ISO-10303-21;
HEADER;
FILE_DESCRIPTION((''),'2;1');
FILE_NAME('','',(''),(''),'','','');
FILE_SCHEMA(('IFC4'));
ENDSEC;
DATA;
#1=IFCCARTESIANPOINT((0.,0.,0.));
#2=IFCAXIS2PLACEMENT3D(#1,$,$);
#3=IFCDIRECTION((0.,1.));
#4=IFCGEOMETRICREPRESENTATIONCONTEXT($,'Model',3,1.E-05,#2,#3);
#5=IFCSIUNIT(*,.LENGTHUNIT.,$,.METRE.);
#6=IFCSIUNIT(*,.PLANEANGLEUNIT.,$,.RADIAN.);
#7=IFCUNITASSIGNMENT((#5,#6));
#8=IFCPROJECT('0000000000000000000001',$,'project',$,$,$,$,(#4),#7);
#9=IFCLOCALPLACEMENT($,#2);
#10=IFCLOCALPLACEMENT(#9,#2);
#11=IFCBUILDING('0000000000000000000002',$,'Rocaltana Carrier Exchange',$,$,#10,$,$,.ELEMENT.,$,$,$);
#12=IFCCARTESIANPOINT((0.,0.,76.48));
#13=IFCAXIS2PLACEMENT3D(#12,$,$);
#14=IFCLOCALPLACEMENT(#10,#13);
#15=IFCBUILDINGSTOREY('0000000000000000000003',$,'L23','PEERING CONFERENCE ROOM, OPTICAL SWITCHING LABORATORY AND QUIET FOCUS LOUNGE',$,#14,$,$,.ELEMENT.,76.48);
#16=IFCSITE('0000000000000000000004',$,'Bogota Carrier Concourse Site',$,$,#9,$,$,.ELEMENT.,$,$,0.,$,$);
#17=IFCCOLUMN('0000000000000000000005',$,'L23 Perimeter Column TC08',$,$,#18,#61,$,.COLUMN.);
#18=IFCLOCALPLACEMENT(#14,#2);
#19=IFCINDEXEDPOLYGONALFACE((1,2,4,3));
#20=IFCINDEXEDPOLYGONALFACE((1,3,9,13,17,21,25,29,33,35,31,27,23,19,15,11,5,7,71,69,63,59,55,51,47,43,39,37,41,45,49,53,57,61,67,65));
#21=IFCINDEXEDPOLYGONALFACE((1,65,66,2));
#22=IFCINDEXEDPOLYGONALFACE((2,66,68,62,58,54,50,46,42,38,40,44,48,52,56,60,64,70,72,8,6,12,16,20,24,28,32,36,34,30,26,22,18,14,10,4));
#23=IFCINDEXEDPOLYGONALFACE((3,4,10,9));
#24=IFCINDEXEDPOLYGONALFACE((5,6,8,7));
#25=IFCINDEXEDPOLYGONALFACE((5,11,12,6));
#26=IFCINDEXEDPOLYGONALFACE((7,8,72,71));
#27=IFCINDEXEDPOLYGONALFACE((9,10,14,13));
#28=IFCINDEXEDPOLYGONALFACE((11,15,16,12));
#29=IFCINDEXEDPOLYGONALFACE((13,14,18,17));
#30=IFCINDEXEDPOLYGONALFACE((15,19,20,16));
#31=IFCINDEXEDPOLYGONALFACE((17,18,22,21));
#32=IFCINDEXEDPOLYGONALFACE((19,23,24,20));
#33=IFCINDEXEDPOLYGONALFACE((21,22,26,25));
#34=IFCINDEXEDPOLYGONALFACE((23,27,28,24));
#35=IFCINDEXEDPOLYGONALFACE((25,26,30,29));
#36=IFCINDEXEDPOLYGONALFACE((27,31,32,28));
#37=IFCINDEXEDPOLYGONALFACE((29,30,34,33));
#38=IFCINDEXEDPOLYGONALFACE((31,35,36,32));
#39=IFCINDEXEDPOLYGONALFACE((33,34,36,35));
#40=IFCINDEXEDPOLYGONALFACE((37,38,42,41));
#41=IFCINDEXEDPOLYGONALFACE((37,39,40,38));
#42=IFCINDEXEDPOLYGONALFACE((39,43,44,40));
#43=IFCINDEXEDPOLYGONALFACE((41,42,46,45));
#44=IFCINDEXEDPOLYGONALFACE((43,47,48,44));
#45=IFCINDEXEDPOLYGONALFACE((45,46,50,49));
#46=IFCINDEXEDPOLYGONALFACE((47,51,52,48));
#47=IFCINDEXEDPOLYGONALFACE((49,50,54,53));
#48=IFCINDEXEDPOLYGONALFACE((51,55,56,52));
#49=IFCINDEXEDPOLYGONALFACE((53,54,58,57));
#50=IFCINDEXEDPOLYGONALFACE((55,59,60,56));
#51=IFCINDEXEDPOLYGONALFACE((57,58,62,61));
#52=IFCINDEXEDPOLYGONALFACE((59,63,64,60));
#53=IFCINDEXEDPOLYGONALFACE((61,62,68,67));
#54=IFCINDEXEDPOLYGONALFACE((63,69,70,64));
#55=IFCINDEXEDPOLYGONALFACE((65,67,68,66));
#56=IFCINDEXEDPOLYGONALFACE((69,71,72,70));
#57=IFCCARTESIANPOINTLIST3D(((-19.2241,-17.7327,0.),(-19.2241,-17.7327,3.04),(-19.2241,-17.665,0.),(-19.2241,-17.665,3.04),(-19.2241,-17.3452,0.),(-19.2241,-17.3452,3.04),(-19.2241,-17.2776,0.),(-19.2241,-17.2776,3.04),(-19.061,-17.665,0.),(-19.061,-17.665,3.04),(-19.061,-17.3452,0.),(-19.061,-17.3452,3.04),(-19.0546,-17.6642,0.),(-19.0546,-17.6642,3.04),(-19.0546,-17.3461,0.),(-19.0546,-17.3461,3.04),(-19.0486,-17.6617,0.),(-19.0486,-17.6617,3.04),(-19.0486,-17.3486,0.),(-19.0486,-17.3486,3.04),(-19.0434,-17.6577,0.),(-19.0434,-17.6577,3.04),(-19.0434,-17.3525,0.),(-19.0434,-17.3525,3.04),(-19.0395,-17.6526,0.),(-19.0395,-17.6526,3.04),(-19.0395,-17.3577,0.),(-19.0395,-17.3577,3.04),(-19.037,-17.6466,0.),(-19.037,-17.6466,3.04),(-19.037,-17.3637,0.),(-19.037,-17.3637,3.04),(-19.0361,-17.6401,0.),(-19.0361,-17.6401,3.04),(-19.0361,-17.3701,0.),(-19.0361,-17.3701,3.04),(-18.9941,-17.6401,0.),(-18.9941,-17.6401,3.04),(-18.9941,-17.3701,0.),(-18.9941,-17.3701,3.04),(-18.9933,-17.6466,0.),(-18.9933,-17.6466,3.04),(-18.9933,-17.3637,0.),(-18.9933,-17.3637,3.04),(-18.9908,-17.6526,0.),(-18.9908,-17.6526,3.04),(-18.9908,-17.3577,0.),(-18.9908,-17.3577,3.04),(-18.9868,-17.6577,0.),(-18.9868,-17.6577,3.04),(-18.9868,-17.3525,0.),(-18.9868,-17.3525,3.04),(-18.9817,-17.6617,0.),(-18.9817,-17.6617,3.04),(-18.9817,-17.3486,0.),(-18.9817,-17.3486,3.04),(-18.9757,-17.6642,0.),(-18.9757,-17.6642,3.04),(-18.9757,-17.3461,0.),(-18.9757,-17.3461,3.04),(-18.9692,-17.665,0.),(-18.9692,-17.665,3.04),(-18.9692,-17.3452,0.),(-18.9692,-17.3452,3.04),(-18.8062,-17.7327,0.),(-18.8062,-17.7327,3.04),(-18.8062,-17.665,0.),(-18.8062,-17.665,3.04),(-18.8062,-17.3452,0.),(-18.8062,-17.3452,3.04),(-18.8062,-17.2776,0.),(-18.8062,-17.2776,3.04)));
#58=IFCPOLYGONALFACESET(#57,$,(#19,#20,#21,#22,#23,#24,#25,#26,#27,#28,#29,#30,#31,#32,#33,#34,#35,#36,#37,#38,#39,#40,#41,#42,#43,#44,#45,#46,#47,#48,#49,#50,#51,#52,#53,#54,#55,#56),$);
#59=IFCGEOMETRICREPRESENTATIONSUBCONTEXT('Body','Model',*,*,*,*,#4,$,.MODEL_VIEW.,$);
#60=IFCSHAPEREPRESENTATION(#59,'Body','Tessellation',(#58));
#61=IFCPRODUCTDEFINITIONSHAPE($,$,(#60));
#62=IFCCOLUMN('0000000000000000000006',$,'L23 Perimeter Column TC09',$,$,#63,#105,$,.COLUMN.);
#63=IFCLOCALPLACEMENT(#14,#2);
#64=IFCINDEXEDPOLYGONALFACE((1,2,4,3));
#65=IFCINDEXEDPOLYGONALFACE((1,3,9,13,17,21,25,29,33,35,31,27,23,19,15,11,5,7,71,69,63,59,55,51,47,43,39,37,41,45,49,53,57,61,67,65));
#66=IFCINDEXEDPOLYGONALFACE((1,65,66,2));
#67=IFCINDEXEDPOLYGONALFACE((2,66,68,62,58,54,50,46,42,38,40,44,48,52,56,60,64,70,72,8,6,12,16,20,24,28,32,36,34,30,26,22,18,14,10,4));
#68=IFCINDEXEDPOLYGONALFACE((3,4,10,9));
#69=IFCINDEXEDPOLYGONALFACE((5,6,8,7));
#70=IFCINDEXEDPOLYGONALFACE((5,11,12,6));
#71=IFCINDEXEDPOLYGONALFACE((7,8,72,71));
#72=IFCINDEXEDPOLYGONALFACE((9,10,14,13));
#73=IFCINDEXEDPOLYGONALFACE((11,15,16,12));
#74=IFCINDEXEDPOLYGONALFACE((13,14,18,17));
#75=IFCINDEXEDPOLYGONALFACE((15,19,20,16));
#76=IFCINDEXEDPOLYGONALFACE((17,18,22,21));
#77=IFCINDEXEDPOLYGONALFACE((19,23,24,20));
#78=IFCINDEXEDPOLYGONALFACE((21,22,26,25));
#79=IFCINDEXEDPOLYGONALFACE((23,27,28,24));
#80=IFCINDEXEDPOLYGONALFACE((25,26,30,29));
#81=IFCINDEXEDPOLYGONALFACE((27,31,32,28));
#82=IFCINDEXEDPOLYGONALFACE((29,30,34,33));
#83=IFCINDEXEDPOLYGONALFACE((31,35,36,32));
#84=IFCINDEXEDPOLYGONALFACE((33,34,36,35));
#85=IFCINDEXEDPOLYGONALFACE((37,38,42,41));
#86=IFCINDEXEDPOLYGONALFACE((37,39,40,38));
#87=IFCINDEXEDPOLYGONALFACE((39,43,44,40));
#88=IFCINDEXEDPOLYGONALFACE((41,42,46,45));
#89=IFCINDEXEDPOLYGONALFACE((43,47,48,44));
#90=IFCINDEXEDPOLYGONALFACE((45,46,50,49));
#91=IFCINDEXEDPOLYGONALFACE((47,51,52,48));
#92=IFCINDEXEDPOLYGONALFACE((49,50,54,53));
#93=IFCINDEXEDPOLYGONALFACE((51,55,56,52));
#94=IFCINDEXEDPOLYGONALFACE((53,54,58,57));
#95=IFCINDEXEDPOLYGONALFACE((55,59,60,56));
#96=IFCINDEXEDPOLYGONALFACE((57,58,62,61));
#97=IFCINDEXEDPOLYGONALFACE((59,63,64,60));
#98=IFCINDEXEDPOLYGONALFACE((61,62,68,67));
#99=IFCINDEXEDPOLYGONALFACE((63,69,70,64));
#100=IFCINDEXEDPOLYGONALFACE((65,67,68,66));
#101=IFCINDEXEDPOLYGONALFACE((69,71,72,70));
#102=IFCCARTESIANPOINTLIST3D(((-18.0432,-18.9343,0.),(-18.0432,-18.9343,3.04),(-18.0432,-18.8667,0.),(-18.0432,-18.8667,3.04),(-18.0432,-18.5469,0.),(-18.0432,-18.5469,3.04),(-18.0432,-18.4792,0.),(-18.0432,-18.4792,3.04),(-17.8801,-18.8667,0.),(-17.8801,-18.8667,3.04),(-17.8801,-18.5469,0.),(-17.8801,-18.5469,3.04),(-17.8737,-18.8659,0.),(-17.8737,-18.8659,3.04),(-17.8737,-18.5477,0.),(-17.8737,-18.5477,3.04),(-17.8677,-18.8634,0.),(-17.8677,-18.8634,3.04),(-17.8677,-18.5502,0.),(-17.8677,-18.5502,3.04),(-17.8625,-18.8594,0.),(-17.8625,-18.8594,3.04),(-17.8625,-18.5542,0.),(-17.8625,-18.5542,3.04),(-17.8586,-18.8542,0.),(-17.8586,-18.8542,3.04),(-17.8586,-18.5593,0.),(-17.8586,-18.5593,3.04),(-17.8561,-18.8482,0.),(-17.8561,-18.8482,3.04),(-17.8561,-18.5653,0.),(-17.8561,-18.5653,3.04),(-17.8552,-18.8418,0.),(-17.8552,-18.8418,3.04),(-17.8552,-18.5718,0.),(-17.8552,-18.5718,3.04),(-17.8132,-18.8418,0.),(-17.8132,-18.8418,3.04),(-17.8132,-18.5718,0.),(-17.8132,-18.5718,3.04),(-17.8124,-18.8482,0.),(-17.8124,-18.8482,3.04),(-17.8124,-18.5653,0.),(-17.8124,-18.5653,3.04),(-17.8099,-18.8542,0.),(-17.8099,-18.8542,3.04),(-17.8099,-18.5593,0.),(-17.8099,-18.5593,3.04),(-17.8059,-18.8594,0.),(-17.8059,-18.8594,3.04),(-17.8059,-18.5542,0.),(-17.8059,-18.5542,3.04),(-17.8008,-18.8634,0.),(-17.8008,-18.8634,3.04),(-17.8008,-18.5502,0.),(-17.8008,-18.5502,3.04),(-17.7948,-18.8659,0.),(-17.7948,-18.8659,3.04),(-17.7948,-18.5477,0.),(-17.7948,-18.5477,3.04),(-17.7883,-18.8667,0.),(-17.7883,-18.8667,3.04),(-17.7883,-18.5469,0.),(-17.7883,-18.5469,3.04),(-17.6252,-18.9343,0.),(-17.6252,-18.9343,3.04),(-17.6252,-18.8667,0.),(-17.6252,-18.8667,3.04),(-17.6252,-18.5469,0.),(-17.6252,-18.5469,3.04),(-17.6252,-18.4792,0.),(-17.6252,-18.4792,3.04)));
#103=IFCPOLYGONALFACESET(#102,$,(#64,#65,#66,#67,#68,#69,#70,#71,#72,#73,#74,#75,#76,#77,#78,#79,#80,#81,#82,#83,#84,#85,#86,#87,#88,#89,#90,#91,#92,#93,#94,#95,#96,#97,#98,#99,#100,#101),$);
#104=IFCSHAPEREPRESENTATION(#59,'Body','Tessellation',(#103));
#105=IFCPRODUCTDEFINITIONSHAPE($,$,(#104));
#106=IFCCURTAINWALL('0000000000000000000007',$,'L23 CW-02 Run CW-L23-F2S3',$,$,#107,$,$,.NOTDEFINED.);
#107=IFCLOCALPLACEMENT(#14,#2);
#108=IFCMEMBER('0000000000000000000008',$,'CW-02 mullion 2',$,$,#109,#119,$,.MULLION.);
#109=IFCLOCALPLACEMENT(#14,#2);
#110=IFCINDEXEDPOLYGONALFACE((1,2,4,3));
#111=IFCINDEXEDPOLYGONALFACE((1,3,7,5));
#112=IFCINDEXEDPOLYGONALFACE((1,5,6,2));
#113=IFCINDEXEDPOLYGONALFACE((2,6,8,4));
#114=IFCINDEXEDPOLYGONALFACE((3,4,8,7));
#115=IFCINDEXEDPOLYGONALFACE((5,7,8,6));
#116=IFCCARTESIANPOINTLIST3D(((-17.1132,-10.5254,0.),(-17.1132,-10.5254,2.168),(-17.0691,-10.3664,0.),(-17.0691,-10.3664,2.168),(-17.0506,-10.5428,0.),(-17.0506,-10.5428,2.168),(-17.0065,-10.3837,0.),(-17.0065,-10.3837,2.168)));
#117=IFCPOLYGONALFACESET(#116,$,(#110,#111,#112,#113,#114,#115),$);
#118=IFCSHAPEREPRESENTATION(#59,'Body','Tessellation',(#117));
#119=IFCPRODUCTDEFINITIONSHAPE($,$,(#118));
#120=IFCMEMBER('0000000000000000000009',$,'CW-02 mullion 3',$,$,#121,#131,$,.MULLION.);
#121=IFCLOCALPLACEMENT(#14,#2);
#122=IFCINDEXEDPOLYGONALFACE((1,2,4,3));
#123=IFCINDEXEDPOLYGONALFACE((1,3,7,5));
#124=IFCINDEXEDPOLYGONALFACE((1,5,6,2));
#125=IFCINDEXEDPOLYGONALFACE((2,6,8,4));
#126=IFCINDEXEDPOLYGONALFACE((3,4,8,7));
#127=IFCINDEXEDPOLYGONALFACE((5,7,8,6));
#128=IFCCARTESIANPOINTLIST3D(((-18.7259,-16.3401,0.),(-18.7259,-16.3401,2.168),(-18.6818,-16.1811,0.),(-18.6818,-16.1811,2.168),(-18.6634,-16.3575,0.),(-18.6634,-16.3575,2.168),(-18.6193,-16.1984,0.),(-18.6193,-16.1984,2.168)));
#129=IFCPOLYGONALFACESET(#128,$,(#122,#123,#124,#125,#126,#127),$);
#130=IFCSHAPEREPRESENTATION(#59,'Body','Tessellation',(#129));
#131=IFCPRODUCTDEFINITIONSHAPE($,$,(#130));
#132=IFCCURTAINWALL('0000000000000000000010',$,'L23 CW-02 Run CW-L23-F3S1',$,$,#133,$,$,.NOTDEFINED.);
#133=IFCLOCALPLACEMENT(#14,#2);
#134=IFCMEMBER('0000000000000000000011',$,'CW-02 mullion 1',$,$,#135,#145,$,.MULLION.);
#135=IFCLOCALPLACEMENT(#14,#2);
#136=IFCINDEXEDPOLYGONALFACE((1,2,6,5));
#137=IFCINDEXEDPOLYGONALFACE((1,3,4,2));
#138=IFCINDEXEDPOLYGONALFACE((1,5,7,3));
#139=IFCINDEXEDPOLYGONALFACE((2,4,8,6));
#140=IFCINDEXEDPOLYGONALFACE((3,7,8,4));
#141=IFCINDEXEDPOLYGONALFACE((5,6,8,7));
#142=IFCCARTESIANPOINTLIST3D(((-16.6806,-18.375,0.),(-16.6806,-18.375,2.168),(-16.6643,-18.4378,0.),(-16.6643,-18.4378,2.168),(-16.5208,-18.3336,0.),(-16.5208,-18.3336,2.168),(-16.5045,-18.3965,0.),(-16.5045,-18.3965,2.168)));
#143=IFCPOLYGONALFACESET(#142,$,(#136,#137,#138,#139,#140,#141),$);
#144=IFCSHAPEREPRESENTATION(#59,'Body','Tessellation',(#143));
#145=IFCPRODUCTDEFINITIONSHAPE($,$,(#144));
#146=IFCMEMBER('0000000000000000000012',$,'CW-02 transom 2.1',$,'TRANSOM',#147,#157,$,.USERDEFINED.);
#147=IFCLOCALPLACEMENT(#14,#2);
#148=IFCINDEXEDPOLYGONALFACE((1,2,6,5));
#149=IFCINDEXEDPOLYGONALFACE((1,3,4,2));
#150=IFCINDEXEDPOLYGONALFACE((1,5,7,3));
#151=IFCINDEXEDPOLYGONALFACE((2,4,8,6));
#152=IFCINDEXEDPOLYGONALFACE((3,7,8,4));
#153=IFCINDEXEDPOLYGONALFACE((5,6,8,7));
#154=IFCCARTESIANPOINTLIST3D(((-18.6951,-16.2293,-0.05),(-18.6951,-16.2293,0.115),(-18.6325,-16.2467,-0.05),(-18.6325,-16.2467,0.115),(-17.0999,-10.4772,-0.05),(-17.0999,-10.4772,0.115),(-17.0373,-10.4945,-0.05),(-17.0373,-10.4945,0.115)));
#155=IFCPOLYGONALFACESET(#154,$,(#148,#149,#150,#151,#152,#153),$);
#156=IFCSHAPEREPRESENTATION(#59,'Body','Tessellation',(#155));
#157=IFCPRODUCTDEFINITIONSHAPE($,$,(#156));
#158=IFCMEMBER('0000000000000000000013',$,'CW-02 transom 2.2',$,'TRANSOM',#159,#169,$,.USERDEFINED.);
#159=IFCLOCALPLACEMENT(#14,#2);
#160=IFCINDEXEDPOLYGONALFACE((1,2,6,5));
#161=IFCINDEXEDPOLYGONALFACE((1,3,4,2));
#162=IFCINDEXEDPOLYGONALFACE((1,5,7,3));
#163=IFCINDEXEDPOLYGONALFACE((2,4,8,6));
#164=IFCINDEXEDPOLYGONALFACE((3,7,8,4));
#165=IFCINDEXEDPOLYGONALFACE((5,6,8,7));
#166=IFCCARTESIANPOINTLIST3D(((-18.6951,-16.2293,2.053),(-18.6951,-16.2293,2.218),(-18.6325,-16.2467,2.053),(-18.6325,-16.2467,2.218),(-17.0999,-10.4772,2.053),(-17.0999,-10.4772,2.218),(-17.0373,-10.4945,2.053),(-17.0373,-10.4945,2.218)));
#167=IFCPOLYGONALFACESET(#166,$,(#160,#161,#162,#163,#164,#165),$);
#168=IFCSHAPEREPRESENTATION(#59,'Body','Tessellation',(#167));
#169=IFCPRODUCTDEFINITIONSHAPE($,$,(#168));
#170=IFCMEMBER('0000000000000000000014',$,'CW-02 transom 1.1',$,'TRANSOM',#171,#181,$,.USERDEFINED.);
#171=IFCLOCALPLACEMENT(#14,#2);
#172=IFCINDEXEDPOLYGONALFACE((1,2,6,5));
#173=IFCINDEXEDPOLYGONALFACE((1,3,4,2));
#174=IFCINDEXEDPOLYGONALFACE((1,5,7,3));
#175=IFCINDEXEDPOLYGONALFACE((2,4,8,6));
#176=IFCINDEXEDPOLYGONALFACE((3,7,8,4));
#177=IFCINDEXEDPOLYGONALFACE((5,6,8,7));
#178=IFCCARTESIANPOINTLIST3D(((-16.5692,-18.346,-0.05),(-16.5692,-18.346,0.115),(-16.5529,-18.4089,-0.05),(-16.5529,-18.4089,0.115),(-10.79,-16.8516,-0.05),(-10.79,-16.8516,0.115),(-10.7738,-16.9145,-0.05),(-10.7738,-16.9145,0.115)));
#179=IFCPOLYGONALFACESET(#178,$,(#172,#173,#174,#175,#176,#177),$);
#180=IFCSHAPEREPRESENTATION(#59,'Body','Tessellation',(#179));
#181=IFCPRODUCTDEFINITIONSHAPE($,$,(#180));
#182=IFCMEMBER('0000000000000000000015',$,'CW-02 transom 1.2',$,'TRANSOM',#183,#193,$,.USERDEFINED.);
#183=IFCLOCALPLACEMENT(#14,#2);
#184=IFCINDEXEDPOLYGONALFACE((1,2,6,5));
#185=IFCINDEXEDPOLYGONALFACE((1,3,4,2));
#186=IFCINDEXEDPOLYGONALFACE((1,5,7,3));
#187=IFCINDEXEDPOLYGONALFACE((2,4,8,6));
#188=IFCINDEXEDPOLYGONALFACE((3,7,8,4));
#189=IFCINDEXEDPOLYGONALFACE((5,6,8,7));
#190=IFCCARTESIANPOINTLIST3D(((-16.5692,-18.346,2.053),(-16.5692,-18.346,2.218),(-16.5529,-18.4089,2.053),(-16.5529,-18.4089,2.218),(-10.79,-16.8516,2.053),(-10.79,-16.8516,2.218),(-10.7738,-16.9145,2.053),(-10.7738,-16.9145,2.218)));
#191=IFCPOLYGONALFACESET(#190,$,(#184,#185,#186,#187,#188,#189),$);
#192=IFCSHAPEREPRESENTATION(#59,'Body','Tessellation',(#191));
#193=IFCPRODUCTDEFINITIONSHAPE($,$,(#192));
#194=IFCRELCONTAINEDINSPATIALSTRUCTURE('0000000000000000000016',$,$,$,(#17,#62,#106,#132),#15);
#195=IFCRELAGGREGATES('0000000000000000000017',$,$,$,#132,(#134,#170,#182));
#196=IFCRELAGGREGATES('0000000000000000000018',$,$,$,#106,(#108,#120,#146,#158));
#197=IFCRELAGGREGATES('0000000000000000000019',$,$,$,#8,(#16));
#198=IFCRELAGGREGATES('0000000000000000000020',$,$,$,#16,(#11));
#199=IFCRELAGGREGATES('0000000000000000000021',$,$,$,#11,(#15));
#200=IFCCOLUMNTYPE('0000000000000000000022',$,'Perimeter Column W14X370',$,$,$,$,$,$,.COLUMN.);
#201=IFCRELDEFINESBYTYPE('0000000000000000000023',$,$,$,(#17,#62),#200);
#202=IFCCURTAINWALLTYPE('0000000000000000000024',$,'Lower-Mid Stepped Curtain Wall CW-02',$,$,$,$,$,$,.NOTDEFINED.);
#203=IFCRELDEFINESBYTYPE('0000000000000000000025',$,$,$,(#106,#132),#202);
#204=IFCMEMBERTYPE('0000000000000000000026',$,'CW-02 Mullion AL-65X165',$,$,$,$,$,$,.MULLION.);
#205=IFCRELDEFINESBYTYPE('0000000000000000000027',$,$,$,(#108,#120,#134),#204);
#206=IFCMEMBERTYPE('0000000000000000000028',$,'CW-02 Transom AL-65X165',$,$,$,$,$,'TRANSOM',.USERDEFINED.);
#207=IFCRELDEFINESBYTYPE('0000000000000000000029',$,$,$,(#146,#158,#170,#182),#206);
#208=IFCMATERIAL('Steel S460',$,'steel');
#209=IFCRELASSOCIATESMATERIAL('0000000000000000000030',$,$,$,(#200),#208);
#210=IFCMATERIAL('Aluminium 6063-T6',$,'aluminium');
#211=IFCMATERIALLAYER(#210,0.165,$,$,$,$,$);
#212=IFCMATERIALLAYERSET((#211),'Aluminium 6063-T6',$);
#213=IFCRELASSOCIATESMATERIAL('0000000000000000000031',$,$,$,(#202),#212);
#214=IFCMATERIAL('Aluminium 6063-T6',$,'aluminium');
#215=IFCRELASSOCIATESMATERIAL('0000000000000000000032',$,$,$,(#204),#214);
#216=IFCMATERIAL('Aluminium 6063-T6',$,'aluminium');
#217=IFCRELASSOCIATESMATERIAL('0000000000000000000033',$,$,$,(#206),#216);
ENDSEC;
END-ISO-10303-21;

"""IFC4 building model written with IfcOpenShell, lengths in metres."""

from ifc_helpers import new_model, si_unit, direction, frame, origin, origin_2d, place, context, subcontext, project, spatial, rectangle, i_section, extrude, material, layer, layer_set, material_profile, profile_set, type_object, element, aggregate, save


model = new_model("IFC4")

# Units and contexts
model_context = context("Model", 3, precision=1e-05, world=origin(), true_north=direction((0.0, 1.0)))
body_context = subcontext(model_context, "Body", "Model", "MODEL_VIEW")
ifc_project = project(units=[si_unit("LENGTHUNIT", "METRE"), si_unit("PLANEANGLEUNIT", "RADIAN")], contexts=[model_context])

# Site, building, storey
site_placement = place(None, origin())
site = spatial("IfcSite", under=ifc_project, at=site_placement, Name="Bogota Carrier Concourse Site", CompositionType="ELEMENT", RefElevation=0.0)
building_placement = place(site_placement, origin())
building = spatial("IfcBuilding", under=site, at=building_placement, Name="Rocaltana Carrier Exchange", CompositionType="ELEMENT")
storey_placement = place(building_placement, frame((0.0, 0.0, 76.48)))
storey = spatial("IfcBuildingStorey", under=building, at=storey_placement, Name="L23", Description="PEERING CONFERENCE ROOM, OPTICAL SWITCHING LABORATORY AND QUIET FOCUS LOUNGE", CompositionType="ELEMENT", Elevation=76.48)

# Columns
ifc_material_1 = material(Name="Steel S460", Category="steel")
ifc_material_profile_1 = material_profile(ifc_material_1, i_section(OverallWidth=0.418, OverallDepth=0.4551, WebThickness=0.042, FlangeThickness=0.0676, FilletRadius=0.0249, at=origin_2d()), Name="W14X370")
ifc_profile_set_1 = profile_set([ifc_material_profile_1], Name="Steel S460")
column_type = type_object("IfcColumnType", Name="Perimeter Column W14X370", PredefinedType="COLUMN", material=ifc_profile_set_1)
for number, where, z_axis, x_axis, name in (
    (1, (-19.0151, -17.5051, 0.0), (0.0, 0.0, 1.0), (1.0, 0.0, 0.0), "L23 Perimeter Column TC08"),
    (2, (-17.8342, -18.7068, 0.0), (0.0, 0.0, 1.0), (1.0, 0.0, 0.0), "L23 Perimeter Column TC09"),
):
    element("IfcColumn", number, at=place(storey_placement, frame(where, z_axis=z_axis, x_axis=x_axis)), inside=storey, type_object=column_type, Name=name, PredefinedType="COLUMN", context=body_context, shape_type="SweptSolid", body=[
        extrude(i_section(OverallWidth=0.418, OverallDepth=0.4551, WebThickness=0.042, FlangeThickness=0.0676, FilletRadius=0.0249, at=origin_2d()), origin(), (0.0, 0.0, 1.0), 3.04),
    ])

# Curtain wall, members
ifc_material_2 = material(Name="Aluminium 6063-T6", Category="aluminium")
ifc_layer_1 = layer(ifc_material_2, 0.165)
ifc_layer_set_1 = layer_set([ifc_layer_1], Name="Aluminium 6063-T6")
curtain_wall_type = type_object("IfcCurtainWallType", Name="Lower-Mid Stepped Curtain Wall CW-02", PredefinedType="NOTDEFINED", material=ifc_layer_set_1)
curtain_wall_1_placement = place(storey_placement, origin())
curtain_wall_1 = element("IfcCurtainWall", 3, at=curtain_wall_1_placement, inside=storey, type_object=curtain_wall_type, Name="L23 CW-02 Run CW-L23-F2S3", PredefinedType="NOTDEFINED")
ifc_material_3 = material(Name="Aluminium 6063-T6", Category="aluminium")
ifc_material_profile_2 = material_profile(ifc_material_3, rectangle(XDim=0.0649, YDim=0.165, at=origin_2d()), Name="AL-65X165")
ifc_profile_set_2 = profile_set([ifc_material_profile_2], Name="Aluminium 6063-T6")
member_type_1 = type_object("IfcMemberType", Name="CW-02 Mullion AL-65X165", PredefinedType="MULLION", material=ifc_profile_set_2)
member_1_placement = place(storey_placement, frame((-17.0598, -10.4546, 0.0), z_axis=(0.0, 0.0, 1.0), x_axis=(0.963629, -0.267243, 0.0)))
member_1 = element("IfcMember", 4, at=member_1_placement, type_object=member_type_1, Name="CW-02 mullion 2", PredefinedType="MULLION", context=body_context, shape_type="SweptSolid", body=[
    extrude(rectangle(XDim=0.0649, YDim=0.165, at=origin_2d()), origin(), (0.0, 0.0, 1.0), 2.168),
])
member_2_placement = place(storey_placement, frame((-18.6726, -16.2693, 0.0), z_axis=(0.0, 0.0, 1.0), x_axis=(0.963629, -0.267243, 0.0)))
member_2 = element("IfcMember", 5, at=member_2_placement, type_object=member_type_1, Name="CW-02 mullion 3", PredefinedType="MULLION", context=body_context, shape_type="SweptSolid", body=[
    extrude(rectangle(XDim=0.0649, YDim=0.165, at=origin_2d()), origin(), (0.0, 0.0, 1.0), 2.168),
])

# Curtain wall, member
curtain_wall_2_placement = place(storey_placement, origin())
curtain_wall_2 = element("IfcCurtainWall", 6, at=curtain_wall_2_placement, inside=storey, type_object=curtain_wall_type, Name="L23 CW-02 Run CW-L23-F3S1", PredefinedType="NOTDEFINED")
member_3_placement = place(storey_placement, frame((-16.5925, -18.3857, 0.0), z_axis=(0.0, 0.0, 1.0), x_axis=(-0.250378, 0.968148, 0.0)))
member_3 = element("IfcMember", 7, at=member_3_placement, type_object=member_type_1, Name="CW-02 mullion 1", PredefinedType="MULLION", context=body_context, shape_type="SweptSolid", body=[
    extrude(rectangle(XDim=0.0649, YDim=0.165, at=origin_2d()), origin(), (0.0, 0.0, 1.0), 2.168),
])

# Members
ifc_material_4 = material(Name="Aluminium 6063-T6", Category="aluminium")
ifc_material_profile_3 = material_profile(ifc_material_4, rectangle(XDim=0.0649, YDim=0.165, at=origin_2d()), Name="AL-65X165")
ifc_profile_set_3 = profile_set([ifc_material_profile_3], Name="Aluminium 6063-T6")
member_type_2 = type_object("IfcMemberType", Name="CW-02 Transom AL-65X165", ElementType="TRANSOM", PredefinedType="USERDEFINED", material=ifc_profile_set_3)
member_4_placement = place(storey_placement, frame((-17.0686, -10.4858, 0.0325), z_axis=(-0.267237, -0.963631, 0.0), x_axis=(0.963631, -0.267237, 0.0)))
member_4 = element("IfcMember", 8, at=member_4_placement, type_object=member_type_2, Name="CW-02 transom 2.1", ObjectType="TRANSOM", PredefinedType="USERDEFINED", context=body_context, shape_type="SweptSolid", body=[
    extrude(rectangle(XDim=0.0649, YDim=0.165, at=origin_2d()), origin(), (0.0, 0.0, 1.0), 5.9692),
])
member_5_placement = place(storey_placement, frame((-17.0686, -10.4858, 2.1355), z_axis=(-0.267237, -0.963631, 0.0), x_axis=(0.963631, -0.267237, 0.0)))
member_5 = element("IfcMember", 9, at=member_5_placement, type_object=member_type_2, Name="CW-02 transom 2.2", ObjectType="TRANSOM", PredefinedType="USERDEFINED", context=body_context, shape_type="SweptSolid", body=[
    extrude(rectangle(XDim=0.0649, YDim=0.165, at=origin_2d()), origin(), (0.0, 0.0, 1.0), 5.9692),
])
member_6_placement = place(storey_placement, frame((-16.561, -18.3774, 0.0325), z_axis=(0.968155, 0.250352, 0.0), x_axis=(-0.250352, 0.968155, 0.0)))
member_6 = element("IfcMember", 10, at=member_6_placement, type_object=member_type_2, Name="CW-02 transom 1.1", ObjectType="TRANSOM", PredefinedType="USERDEFINED", context=body_context, shape_type="SweptSolid", body=[
    extrude(rectangle(XDim=0.0649, YDim=0.165, at=origin_2d()), origin(), (0.0, 0.0, 1.0), 5.9692),
])
member_7_placement = place(storey_placement, frame((-16.561, -18.3774, 2.1355), z_axis=(0.968155, 0.250352, 0.0), x_axis=(-0.250352, 0.968155, 0.0)))
member_7 = element("IfcMember", 11, at=member_7_placement, type_object=member_type_2, Name="CW-02 transom 1.2", ObjectType="TRANSOM", PredefinedType="USERDEFINED", context=body_context, shape_type="SweptSolid", body=[
    extrude(rectangle(XDim=0.0649, YDim=0.165, at=origin_2d()), origin(), (0.0, 0.0, 1.0), 5.9692),
])
aggregate(curtain_wall_2, [member_3, member_6, member_7])

aggregate(curtain_wall_1, [member_1, member_2, member_4, member_5])

save(model, "model.ifc")
